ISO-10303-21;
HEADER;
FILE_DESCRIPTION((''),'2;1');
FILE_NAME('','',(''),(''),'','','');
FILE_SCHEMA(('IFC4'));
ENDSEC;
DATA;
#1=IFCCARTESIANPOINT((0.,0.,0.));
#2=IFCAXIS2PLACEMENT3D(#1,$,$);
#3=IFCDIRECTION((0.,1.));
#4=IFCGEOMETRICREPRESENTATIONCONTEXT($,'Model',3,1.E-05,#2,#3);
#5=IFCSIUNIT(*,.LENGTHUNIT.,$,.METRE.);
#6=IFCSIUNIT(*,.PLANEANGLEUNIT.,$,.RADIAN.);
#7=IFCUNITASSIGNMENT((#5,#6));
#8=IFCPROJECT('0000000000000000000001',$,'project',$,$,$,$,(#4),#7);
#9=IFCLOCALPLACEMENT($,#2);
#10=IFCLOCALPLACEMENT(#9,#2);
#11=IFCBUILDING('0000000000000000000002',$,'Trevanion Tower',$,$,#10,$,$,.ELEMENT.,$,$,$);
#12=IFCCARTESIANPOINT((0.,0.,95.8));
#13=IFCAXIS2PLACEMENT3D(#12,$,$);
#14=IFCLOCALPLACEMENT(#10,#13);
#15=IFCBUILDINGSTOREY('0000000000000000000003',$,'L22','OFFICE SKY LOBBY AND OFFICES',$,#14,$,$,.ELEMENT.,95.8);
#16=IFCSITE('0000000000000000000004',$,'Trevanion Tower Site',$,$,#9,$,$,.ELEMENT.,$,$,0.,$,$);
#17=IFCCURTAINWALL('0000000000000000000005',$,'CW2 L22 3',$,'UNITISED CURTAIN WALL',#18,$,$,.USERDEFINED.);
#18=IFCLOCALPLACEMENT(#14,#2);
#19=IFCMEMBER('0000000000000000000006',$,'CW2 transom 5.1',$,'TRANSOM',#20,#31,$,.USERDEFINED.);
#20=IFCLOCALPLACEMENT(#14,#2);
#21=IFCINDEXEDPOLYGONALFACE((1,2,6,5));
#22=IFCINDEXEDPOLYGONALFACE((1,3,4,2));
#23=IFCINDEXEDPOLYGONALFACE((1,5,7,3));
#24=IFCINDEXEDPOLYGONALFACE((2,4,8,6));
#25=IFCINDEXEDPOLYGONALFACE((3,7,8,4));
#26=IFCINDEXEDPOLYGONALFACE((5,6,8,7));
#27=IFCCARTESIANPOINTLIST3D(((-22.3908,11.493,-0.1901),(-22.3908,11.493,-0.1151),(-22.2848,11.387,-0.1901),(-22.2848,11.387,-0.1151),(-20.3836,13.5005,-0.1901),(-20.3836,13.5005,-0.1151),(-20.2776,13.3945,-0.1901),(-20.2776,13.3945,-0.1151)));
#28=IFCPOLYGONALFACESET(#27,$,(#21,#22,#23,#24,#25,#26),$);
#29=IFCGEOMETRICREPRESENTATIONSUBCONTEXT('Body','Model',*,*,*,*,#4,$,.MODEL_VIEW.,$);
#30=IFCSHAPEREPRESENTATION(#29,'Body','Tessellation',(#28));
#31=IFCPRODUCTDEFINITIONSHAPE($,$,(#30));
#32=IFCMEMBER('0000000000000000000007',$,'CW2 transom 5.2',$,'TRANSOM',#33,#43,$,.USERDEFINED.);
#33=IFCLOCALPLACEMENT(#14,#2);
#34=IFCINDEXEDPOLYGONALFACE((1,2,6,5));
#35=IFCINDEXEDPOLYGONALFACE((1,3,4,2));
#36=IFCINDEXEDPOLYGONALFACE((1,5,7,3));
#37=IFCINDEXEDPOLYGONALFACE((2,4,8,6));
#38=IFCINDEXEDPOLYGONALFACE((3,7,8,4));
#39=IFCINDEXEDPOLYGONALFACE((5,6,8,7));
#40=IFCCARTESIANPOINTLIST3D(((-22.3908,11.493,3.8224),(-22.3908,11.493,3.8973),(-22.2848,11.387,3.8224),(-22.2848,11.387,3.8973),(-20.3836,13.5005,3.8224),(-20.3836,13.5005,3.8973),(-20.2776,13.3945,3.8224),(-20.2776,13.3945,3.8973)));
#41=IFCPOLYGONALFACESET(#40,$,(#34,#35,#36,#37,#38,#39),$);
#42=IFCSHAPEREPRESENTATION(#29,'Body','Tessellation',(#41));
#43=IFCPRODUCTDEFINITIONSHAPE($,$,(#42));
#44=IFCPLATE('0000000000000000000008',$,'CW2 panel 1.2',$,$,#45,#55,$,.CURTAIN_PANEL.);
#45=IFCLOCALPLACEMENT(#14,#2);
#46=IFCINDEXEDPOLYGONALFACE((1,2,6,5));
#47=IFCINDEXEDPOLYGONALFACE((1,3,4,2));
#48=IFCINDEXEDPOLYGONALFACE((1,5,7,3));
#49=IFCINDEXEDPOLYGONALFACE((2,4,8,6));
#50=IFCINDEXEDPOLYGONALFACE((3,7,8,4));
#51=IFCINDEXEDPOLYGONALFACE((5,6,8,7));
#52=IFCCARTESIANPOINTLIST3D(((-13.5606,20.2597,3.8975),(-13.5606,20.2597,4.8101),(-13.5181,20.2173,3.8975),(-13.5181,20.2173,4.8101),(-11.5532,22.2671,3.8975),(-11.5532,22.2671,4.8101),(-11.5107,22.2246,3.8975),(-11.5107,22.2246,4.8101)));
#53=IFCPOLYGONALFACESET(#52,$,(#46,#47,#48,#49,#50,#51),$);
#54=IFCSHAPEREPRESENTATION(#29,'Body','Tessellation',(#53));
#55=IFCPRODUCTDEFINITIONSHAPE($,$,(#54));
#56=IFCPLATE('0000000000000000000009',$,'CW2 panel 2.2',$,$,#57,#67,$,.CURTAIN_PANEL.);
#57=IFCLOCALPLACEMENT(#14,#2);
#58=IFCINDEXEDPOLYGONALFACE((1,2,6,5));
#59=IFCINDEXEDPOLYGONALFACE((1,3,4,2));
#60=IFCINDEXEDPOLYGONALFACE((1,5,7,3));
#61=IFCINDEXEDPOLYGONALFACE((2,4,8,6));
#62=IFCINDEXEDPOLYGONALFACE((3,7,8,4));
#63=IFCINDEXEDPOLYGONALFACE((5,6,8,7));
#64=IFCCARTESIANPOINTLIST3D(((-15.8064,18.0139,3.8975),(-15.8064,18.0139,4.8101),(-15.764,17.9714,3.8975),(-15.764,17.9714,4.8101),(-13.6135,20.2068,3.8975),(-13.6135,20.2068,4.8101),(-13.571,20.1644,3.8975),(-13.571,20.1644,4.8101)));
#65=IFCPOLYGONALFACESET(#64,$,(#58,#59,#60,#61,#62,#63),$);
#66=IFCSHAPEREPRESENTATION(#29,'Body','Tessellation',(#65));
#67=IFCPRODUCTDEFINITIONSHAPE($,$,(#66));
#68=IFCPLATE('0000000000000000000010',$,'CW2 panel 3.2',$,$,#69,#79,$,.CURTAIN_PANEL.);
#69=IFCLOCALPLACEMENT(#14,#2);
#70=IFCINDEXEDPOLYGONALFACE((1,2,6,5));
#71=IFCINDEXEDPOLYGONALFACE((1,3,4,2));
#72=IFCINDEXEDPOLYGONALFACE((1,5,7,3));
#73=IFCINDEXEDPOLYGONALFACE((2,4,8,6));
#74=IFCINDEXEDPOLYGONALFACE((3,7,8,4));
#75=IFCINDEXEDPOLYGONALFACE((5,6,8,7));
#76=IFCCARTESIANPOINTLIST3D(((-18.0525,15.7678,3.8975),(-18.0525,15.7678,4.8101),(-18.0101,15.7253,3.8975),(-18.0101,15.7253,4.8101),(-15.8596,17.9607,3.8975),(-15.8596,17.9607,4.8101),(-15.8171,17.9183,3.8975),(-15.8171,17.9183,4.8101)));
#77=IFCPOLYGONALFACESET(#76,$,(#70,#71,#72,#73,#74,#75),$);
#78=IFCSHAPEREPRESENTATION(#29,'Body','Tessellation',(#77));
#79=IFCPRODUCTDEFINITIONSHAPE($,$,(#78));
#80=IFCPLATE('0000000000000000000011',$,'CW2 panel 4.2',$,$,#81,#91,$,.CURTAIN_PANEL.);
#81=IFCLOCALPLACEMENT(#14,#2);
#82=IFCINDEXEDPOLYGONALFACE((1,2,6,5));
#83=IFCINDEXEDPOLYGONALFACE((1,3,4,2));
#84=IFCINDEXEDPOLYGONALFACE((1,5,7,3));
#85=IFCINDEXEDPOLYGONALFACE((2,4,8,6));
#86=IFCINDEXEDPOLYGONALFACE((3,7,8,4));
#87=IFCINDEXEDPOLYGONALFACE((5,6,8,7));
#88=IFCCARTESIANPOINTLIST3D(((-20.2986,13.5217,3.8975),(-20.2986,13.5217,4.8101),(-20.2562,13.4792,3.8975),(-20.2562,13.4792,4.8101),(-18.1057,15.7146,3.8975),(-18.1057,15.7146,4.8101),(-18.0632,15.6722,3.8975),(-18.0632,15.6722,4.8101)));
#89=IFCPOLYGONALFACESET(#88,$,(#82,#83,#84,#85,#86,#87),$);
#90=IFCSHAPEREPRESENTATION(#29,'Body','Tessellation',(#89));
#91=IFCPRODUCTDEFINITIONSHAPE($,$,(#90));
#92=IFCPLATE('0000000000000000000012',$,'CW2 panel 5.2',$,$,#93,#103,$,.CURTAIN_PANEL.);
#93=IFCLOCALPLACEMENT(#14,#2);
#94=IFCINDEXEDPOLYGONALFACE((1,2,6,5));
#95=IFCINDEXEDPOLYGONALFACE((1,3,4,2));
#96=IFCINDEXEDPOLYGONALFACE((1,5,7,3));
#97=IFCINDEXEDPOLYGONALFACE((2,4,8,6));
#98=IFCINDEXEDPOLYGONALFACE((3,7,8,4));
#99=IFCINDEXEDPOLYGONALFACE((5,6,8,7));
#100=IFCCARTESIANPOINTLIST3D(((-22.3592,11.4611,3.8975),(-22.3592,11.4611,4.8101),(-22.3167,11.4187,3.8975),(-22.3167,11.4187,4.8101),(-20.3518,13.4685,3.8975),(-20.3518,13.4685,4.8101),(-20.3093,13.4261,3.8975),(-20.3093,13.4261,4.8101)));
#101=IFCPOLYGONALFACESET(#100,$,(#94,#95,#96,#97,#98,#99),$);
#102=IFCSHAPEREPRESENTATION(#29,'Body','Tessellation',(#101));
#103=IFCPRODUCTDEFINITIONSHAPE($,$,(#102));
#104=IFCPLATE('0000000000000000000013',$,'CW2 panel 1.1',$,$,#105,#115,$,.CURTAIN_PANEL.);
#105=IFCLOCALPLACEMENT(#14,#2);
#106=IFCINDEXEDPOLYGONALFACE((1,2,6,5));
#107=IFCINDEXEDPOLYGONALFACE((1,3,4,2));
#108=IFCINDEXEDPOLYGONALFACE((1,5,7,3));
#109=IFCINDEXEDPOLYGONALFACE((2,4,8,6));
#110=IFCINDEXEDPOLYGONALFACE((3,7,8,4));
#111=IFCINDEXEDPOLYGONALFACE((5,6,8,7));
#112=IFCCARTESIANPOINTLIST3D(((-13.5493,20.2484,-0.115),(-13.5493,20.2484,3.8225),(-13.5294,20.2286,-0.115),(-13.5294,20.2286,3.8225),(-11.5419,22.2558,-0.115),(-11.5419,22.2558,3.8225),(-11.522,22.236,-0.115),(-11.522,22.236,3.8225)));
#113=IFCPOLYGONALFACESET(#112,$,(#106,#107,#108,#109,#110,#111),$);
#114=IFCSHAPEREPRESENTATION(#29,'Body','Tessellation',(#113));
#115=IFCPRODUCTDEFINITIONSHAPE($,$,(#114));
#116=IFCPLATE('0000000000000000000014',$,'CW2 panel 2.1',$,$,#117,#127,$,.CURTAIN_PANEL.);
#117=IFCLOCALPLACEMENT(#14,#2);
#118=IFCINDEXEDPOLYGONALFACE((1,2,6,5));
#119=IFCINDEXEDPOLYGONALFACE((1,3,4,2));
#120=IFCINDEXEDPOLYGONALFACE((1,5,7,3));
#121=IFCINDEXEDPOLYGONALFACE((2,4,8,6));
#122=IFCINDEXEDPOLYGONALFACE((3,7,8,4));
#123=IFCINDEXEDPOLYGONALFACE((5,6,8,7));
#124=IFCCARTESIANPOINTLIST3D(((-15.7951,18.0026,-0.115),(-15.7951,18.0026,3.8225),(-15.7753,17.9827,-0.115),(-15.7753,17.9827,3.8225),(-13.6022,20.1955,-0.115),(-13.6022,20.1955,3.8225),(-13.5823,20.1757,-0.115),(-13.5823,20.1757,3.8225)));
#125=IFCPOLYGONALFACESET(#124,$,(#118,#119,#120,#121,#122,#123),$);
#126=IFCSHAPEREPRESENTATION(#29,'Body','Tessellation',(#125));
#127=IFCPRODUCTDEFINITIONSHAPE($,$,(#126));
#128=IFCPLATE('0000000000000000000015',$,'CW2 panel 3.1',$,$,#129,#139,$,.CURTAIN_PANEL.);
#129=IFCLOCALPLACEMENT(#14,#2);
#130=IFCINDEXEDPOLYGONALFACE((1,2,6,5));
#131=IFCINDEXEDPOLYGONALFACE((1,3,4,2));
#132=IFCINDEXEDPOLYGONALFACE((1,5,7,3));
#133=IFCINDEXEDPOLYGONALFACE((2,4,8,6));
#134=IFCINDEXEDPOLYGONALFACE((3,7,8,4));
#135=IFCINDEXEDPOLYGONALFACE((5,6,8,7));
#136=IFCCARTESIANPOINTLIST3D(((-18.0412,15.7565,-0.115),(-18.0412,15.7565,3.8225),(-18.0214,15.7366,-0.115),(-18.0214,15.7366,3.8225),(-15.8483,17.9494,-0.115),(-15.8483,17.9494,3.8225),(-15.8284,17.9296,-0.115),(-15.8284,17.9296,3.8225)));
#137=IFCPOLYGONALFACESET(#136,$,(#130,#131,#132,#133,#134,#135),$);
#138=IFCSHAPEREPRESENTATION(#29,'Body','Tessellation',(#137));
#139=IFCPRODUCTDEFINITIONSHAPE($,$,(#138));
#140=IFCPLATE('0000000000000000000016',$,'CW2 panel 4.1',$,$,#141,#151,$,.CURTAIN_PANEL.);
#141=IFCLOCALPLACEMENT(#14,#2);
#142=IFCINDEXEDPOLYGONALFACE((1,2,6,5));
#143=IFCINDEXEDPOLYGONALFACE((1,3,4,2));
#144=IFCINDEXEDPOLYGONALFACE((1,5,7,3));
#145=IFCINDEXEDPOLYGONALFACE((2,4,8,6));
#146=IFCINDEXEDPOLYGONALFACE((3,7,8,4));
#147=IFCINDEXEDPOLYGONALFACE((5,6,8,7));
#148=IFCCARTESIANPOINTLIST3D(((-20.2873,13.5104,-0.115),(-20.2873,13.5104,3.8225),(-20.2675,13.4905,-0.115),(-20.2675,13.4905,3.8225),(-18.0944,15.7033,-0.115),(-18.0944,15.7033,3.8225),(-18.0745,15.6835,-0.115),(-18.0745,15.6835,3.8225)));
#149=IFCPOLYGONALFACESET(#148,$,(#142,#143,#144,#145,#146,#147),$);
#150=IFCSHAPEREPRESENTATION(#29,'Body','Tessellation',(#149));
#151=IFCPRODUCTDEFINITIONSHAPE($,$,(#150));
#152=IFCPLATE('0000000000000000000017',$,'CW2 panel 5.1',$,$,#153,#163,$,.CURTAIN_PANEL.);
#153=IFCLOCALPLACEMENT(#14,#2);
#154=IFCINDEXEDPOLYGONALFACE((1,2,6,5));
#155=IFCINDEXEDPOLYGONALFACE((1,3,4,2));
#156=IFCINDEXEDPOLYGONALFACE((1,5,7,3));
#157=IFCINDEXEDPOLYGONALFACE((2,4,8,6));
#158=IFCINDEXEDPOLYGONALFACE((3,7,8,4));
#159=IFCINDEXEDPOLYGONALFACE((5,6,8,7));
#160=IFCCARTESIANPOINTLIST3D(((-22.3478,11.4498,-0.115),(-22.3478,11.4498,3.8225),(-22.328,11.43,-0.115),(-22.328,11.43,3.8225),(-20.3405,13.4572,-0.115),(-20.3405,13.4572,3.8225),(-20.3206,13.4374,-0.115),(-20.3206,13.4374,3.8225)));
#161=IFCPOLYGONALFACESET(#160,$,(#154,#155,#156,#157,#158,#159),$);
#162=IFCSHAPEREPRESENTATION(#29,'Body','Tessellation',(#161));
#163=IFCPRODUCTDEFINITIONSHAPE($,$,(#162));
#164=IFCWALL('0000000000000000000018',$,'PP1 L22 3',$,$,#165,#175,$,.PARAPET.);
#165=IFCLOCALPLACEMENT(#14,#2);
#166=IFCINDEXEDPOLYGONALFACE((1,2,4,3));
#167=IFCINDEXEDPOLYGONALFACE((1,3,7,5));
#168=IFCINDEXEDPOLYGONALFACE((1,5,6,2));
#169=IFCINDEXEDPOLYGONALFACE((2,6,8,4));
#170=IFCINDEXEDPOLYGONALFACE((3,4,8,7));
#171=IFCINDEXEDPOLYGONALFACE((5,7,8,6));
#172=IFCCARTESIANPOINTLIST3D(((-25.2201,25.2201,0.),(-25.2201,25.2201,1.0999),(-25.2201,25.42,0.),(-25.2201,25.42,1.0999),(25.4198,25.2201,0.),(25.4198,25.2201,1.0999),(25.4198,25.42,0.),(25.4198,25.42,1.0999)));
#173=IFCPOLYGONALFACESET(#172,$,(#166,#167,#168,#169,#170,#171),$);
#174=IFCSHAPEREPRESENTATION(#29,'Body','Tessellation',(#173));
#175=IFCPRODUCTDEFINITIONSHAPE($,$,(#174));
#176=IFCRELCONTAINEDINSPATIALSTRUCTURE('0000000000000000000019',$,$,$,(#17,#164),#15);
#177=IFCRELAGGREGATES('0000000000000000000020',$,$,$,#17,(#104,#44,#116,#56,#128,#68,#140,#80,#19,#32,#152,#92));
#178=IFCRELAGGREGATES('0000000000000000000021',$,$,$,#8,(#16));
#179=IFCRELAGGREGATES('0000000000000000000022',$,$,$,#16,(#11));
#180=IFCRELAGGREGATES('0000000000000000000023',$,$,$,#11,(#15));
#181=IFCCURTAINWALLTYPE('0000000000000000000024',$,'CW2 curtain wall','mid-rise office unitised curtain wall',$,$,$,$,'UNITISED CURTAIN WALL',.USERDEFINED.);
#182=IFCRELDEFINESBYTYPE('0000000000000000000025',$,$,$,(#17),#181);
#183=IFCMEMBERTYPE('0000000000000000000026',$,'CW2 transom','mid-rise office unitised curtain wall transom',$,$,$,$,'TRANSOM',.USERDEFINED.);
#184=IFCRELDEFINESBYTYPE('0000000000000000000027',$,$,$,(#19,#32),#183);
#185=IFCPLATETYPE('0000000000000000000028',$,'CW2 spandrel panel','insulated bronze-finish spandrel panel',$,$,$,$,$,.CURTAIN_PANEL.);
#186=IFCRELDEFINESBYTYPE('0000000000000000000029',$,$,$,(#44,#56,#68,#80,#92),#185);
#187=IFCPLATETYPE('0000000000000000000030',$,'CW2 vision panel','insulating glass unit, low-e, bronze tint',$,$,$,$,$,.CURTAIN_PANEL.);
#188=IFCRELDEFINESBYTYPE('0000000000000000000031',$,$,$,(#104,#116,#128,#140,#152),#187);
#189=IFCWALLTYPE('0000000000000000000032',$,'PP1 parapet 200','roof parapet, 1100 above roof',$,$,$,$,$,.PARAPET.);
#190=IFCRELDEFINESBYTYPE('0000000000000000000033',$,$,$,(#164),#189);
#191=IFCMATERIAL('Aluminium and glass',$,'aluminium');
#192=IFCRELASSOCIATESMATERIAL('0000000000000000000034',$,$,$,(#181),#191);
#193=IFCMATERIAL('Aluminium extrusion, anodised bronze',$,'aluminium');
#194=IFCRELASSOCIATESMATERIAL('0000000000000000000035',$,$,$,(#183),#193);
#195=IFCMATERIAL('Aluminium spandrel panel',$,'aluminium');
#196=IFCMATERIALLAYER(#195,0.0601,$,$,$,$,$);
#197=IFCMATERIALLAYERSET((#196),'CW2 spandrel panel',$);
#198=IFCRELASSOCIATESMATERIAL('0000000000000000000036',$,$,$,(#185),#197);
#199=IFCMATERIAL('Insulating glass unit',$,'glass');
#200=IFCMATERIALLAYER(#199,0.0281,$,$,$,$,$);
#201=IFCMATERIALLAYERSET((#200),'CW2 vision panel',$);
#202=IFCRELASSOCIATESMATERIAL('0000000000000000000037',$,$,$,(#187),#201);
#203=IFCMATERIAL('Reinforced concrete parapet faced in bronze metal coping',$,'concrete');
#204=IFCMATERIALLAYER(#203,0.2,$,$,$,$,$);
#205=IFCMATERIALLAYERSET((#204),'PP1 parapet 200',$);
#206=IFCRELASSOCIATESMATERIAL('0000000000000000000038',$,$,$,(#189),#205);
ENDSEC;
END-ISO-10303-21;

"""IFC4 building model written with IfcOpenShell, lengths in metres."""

from ifc_helpers import new_model, si_unit, direction, frame, frame_2d, origin, origin_2d, place, context, subcontext, project, spatial, rectangle, extrude, material, layer, layer_set, material_profile, profile_set, type_object, element, aggregate, save


model = new_model("IFC4")

# Units and contexts
model_context = context("Model", 3, precision=1e-05, world=origin(), true_north=direction((0.0, 1.0)))
body_context = subcontext(model_context, "Body", "Model", "MODEL_VIEW")
ifc_project = project(units=[si_unit("LENGTHUNIT", "METRE"), si_unit("PLANEANGLEUNIT", "RADIAN")], contexts=[model_context])

# Site, building, storey
site_placement = place(None, origin())
site = spatial("IfcSite", under=ifc_project, at=site_placement, Name="Trevanion Tower Site", CompositionType="ELEMENT", RefElevation=0.0)
building_placement = place(site_placement, origin())
building = spatial("IfcBuilding", under=site, at=building_placement, Name="Trevanion Tower", CompositionType="ELEMENT")
storey_placement = place(building_placement, frame((0.0, 0.0, 95.8)))
storey = spatial("IfcBuildingStorey", under=building, at=storey_placement, Name="L22", Description="OFFICE SKY LOBBY AND OFFICES", CompositionType="ELEMENT", Elevation=95.8)

# Curtain wall, members, plates
ifc_material_1 = material(Name="Aluminium and glass", Category="aluminium")
curtain_wall_type = type_object("IfcCurtainWallType", Name="CW2 curtain wall", Description="mid-rise office unitised curtain wall", ElementType="UNITISED CURTAIN WALL", PredefinedType="USERDEFINED", material=ifc_material_1)
curtain_wall_placement = place(storey_placement, origin())
curtain_wall = element("IfcCurtainWall", 1, at=curtain_wall_placement, inside=storey, type_object=curtain_wall_type, Name="CW2 L22 3", ObjectType="UNITISED CURTAIN WALL", PredefinedType="USERDEFINED")
ifc_material_2 = material(Name="Aluminium extrusion, anodised bronze", Category="aluminium")
ifc_material_profile_1 = material_profile(ifc_material_2, rectangle(XDim=0.1499, YDim=0.075, at=origin_2d()), Name="CW2 transom")
ifc_profile_set_1 = profile_set([ifc_material_profile_1], Name="Aluminium extrusion, anodised bronze")
member_type_1 = type_object("IfcMemberType", Name="CW2 transom", Description="mid-rise office unitised curtain wall transom", ElementType="TRANSOM", PredefinedType="USERDEFINED", material=ifc_profile_set_1)
member_1_placement = place(storey_placement, frame((-20.3306, 13.4475, -0.1526), z_axis=(-0.707064, -0.70715, 0.0), x_axis=(0.70715, -0.707064, 0.0)))
member_1 = element("IfcMember", 2, at=member_1_placement, type_object=member_type_1, Name="CW2 transom 5.1", ObjectType="TRANSOM", PredefinedType="USERDEFINED", context=body_context, shape_type="SweptSolid", body=[
    extrude(rectangle(XDim=0.1499, YDim=0.075, at=origin_2d()), origin(), (0.0, 0.0, 1.0), 2.8389),
])
member_2_placement = place(storey_placement, frame((-20.3306, 13.4475, 3.8599), z_axis=(-0.707064, -0.70715, 0.0), x_axis=(0.70715, -0.707064, 0.0)))
member_2 = element("IfcMember", 3, at=member_2_placement, type_object=member_type_1, Name="CW2 transom 5.2", ObjectType="TRANSOM", PredefinedType="USERDEFINED", context=body_context, shape_type="SweptSolid", body=[
    extrude(rectangle(XDim=0.1499, YDim=0.075, at=origin_2d()), origin(), (0.0, 0.0, 1.0), 2.8389),
])
ifc_material_3 = material(Name="Aluminium spandrel panel", Category="aluminium")
ifc_layer_1 = layer(ifc_material_3, 0.0601)
ifc_layer_set_1 = layer_set([ifc_layer_1], Name="CW2 spandrel panel")
plate_type_1 = type_object("IfcPlateType", Name="CW2 spandrel panel", Description="insulated bronze-finish spandrel panel", PredefinedType="CURTAIN_PANEL", material=ifc_layer_set_1)
plate_1_placement = place(storey_placement, frame((-12.5356, 21.2422, 3.8975), z_axis=(0.0, 0.0, 1.0), x_axis=(-0.707107, -0.707107, 0.0)))
plate_1 = element("IfcPlate", 4, at=plate_1_placement, type_object=plate_type_1, Name="CW2 panel 1.2", PredefinedType="CURTAIN_PANEL", context=body_context, shape_type="SweptSolid", body=[
    extrude(rectangle(XDim=2.8389, YDim=0.0601, at=origin_2d()), origin(), (0.0, 0.0, 1.0), 0.9126),
])
plate_2_placement = place(storey_placement, frame((-14.6887, 19.0891, 3.8975), z_axis=(0.0, 0.0, 1.0), x_axis=(-0.707107, -0.707107, 0.0)))
plate_2 = element("IfcPlate", 5, at=plate_2_placement, type_object=plate_type_1, Name="CW2 panel 2.2", PredefinedType="CURTAIN_PANEL", context=body_context, shape_type="SweptSolid", body=[
    extrude(rectangle(XDim=3.1013, YDim=0.0601, at=origin_2d()), origin(), (0.0, 0.0, 1.0), 0.9126),
])
plate_3_placement = place(storey_placement, frame((-16.9348, 16.843, 3.8975), z_axis=(0.0, 0.0, 1.0), x_axis=(-0.707107, -0.707107, 0.0)))
plate_3 = element("IfcPlate", 6, at=plate_3_placement, type_object=plate_type_1, Name="CW2 panel 3.2", PredefinedType="CURTAIN_PANEL", context=body_context, shape_type="SweptSolid", body=[
    extrude(rectangle(XDim=3.1013, YDim=0.0601, at=origin_2d()), origin(), (0.0, 0.0, 1.0), 0.9126),
])
plate_4_placement = place(storey_placement, frame((-19.1809, 14.5969, 3.8975), z_axis=(0.0, 0.0, 1.0), x_axis=(-0.707107, -0.707107, 0.0)))
plate_4 = element("IfcPlate", 7, at=plate_4_placement, type_object=plate_type_1, Name="CW2 panel 4.2", PredefinedType="CURTAIN_PANEL", context=body_context, shape_type="SweptSolid", body=[
    extrude(rectangle(XDim=3.1013, YDim=0.0601, at=origin_2d()), origin(), (0.0, 0.0, 1.0), 0.9126),
])
plate_5_placement = place(storey_placement, frame((-21.3342, 12.4436, 3.8975), z_axis=(0.0, 0.0, 1.0), x_axis=(-0.707107, -0.707107, 0.0)))
plate_5 = element("IfcPlate", 8, at=plate_5_placement, type_object=plate_type_1, Name="CW2 panel 5.2", PredefinedType="CURTAIN_PANEL", context=body_context, shape_type="SweptSolid", body=[
    extrude(rectangle(XDim=2.8389, YDim=0.0601, at=origin_2d()), origin(), (0.0, 0.0, 1.0), 0.9126),
])
ifc_material_4 = material(Name="Insulating glass unit", Category="glass")
ifc_layer_2 = layer(ifc_material_4, 0.0281)
ifc_layer_set_2 = layer_set([ifc_layer_2], Name="CW2 vision panel")
plate_type_2 = type_object("IfcPlateType", Name="CW2 vision panel", Description="insulating glass unit, low-e, bronze tint", PredefinedType="CURTAIN_PANEL", material=ifc_layer_set_2)
plate_6_placement = place(storey_placement, frame((-12.5356, 21.2422, -0.115), z_axis=(0.0, 0.0, 1.0), x_axis=(-0.707107, -0.707107, 0.0)))
plate_6 = element("IfcPlate", 9, at=plate_6_placement, type_object=plate_type_2, Name="CW2 panel 1.1", PredefinedType="CURTAIN_PANEL", context=body_context, shape_type="SweptSolid", body=[
    extrude(rectangle(XDim=2.8389, YDim=0.0281, at=origin_2d()), origin(), (0.0, 0.0, 1.0), 3.9375),
])
plate_7_placement = place(storey_placement, frame((-14.6887, 19.0891, -0.115), z_axis=(0.0, 0.0, 1.0), x_axis=(-0.707107, -0.707107, 0.0)))
plate_7 = element("IfcPlate", 10, at=plate_7_placement, type_object=plate_type_2, Name="CW2 panel 2.1", PredefinedType="CURTAIN_PANEL", context=body_context, shape_type="SweptSolid", body=[
    extrude(rectangle(XDim=3.1013, YDim=0.0281, at=origin_2d()), origin(), (0.0, 0.0, 1.0), 3.9375),
])
plate_8_placement = place(storey_placement, frame((-16.9348, 16.843, -0.115), z_axis=(0.0, 0.0, 1.0), x_axis=(-0.707107, -0.707107, 0.0)))
plate_8 = element("IfcPlate", 11, at=plate_8_placement, type_object=plate_type_2, Name="CW2 panel 3.1", PredefinedType="CURTAIN_PANEL", context=body_context, shape_type="SweptSolid", body=[
    extrude(rectangle(XDim=3.1013, YDim=0.0281, at=origin_2d()), origin(), (0.0, 0.0, 1.0), 3.9375),
])
plate_9_placement = place(storey_placement, frame((-19.1809, 14.5969, -0.115), z_axis=(0.0, 0.0, 1.0), x_axis=(-0.707107, -0.707107, 0.0)))
plate_9 = element("IfcPlate", 12, at=plate_9_placement, type_object=plate_type_2, Name="CW2 panel 4.1", PredefinedType="CURTAIN_PANEL", context=body_context, shape_type="SweptSolid", body=[
    extrude(rectangle(XDim=3.1013, YDim=0.0281, at=origin_2d()), origin(), (0.0, 0.0, 1.0), 3.9375),
])
plate_10_placement = place(storey_placement, frame((-21.3342, 12.4436, -0.115), z_axis=(0.0, 0.0, 1.0), x_axis=(-0.707107, -0.707107, 0.0)))
plate_10 = element("IfcPlate", 13, at=plate_10_placement, type_object=plate_type_2, Name="CW2 panel 5.1", PredefinedType="CURTAIN_PANEL", context=body_context, shape_type="SweptSolid", body=[
    extrude(rectangle(XDim=2.8389, YDim=0.0281, at=origin_2d()), origin(), (0.0, 0.0, 1.0), 3.9375),
])
aggregate(curtain_wall, [plate_6, plate_1, plate_7, plate_2, plate_8, plate_3, plate_9, plate_4, member_1, member_2, plate_10, plate_5])

# Wall
ifc_material_5 = material(Name="Reinforced concrete parapet faced in bronze metal coping", Category="concrete")
ifc_layer_3 = layer(ifc_material_5, 0.2)
ifc_layer_set_3 = layer_set([ifc_layer_3], Name="PP1 parapet 200")
wall_type = type_object("IfcWallType", Name="PP1 parapet 200", Description="roof parapet, 1100 above roof", PredefinedType="PARAPET", material=ifc_layer_set_3)
wall_placement = place(storey_placement, frame((-25.22, 25.3201, 0.0), z_axis=(0.0, 0.0, 1.0), x_axis=(1.0, 0.0, 0.0)))
element("IfcWall", 14, at=wall_placement, inside=storey, type_object=wall_type, Name="PP1 L22 3", PredefinedType="PARAPET", context=body_context, shape_type="SweptSolid", body=[
    extrude(rectangle(XDim=50.6399, YDim=0.2, at=frame_2d((25.3198, 0.0))), origin(), (0.0, 0.0, 1.0), 1.0999),
])

save(model, "model.ifc")
